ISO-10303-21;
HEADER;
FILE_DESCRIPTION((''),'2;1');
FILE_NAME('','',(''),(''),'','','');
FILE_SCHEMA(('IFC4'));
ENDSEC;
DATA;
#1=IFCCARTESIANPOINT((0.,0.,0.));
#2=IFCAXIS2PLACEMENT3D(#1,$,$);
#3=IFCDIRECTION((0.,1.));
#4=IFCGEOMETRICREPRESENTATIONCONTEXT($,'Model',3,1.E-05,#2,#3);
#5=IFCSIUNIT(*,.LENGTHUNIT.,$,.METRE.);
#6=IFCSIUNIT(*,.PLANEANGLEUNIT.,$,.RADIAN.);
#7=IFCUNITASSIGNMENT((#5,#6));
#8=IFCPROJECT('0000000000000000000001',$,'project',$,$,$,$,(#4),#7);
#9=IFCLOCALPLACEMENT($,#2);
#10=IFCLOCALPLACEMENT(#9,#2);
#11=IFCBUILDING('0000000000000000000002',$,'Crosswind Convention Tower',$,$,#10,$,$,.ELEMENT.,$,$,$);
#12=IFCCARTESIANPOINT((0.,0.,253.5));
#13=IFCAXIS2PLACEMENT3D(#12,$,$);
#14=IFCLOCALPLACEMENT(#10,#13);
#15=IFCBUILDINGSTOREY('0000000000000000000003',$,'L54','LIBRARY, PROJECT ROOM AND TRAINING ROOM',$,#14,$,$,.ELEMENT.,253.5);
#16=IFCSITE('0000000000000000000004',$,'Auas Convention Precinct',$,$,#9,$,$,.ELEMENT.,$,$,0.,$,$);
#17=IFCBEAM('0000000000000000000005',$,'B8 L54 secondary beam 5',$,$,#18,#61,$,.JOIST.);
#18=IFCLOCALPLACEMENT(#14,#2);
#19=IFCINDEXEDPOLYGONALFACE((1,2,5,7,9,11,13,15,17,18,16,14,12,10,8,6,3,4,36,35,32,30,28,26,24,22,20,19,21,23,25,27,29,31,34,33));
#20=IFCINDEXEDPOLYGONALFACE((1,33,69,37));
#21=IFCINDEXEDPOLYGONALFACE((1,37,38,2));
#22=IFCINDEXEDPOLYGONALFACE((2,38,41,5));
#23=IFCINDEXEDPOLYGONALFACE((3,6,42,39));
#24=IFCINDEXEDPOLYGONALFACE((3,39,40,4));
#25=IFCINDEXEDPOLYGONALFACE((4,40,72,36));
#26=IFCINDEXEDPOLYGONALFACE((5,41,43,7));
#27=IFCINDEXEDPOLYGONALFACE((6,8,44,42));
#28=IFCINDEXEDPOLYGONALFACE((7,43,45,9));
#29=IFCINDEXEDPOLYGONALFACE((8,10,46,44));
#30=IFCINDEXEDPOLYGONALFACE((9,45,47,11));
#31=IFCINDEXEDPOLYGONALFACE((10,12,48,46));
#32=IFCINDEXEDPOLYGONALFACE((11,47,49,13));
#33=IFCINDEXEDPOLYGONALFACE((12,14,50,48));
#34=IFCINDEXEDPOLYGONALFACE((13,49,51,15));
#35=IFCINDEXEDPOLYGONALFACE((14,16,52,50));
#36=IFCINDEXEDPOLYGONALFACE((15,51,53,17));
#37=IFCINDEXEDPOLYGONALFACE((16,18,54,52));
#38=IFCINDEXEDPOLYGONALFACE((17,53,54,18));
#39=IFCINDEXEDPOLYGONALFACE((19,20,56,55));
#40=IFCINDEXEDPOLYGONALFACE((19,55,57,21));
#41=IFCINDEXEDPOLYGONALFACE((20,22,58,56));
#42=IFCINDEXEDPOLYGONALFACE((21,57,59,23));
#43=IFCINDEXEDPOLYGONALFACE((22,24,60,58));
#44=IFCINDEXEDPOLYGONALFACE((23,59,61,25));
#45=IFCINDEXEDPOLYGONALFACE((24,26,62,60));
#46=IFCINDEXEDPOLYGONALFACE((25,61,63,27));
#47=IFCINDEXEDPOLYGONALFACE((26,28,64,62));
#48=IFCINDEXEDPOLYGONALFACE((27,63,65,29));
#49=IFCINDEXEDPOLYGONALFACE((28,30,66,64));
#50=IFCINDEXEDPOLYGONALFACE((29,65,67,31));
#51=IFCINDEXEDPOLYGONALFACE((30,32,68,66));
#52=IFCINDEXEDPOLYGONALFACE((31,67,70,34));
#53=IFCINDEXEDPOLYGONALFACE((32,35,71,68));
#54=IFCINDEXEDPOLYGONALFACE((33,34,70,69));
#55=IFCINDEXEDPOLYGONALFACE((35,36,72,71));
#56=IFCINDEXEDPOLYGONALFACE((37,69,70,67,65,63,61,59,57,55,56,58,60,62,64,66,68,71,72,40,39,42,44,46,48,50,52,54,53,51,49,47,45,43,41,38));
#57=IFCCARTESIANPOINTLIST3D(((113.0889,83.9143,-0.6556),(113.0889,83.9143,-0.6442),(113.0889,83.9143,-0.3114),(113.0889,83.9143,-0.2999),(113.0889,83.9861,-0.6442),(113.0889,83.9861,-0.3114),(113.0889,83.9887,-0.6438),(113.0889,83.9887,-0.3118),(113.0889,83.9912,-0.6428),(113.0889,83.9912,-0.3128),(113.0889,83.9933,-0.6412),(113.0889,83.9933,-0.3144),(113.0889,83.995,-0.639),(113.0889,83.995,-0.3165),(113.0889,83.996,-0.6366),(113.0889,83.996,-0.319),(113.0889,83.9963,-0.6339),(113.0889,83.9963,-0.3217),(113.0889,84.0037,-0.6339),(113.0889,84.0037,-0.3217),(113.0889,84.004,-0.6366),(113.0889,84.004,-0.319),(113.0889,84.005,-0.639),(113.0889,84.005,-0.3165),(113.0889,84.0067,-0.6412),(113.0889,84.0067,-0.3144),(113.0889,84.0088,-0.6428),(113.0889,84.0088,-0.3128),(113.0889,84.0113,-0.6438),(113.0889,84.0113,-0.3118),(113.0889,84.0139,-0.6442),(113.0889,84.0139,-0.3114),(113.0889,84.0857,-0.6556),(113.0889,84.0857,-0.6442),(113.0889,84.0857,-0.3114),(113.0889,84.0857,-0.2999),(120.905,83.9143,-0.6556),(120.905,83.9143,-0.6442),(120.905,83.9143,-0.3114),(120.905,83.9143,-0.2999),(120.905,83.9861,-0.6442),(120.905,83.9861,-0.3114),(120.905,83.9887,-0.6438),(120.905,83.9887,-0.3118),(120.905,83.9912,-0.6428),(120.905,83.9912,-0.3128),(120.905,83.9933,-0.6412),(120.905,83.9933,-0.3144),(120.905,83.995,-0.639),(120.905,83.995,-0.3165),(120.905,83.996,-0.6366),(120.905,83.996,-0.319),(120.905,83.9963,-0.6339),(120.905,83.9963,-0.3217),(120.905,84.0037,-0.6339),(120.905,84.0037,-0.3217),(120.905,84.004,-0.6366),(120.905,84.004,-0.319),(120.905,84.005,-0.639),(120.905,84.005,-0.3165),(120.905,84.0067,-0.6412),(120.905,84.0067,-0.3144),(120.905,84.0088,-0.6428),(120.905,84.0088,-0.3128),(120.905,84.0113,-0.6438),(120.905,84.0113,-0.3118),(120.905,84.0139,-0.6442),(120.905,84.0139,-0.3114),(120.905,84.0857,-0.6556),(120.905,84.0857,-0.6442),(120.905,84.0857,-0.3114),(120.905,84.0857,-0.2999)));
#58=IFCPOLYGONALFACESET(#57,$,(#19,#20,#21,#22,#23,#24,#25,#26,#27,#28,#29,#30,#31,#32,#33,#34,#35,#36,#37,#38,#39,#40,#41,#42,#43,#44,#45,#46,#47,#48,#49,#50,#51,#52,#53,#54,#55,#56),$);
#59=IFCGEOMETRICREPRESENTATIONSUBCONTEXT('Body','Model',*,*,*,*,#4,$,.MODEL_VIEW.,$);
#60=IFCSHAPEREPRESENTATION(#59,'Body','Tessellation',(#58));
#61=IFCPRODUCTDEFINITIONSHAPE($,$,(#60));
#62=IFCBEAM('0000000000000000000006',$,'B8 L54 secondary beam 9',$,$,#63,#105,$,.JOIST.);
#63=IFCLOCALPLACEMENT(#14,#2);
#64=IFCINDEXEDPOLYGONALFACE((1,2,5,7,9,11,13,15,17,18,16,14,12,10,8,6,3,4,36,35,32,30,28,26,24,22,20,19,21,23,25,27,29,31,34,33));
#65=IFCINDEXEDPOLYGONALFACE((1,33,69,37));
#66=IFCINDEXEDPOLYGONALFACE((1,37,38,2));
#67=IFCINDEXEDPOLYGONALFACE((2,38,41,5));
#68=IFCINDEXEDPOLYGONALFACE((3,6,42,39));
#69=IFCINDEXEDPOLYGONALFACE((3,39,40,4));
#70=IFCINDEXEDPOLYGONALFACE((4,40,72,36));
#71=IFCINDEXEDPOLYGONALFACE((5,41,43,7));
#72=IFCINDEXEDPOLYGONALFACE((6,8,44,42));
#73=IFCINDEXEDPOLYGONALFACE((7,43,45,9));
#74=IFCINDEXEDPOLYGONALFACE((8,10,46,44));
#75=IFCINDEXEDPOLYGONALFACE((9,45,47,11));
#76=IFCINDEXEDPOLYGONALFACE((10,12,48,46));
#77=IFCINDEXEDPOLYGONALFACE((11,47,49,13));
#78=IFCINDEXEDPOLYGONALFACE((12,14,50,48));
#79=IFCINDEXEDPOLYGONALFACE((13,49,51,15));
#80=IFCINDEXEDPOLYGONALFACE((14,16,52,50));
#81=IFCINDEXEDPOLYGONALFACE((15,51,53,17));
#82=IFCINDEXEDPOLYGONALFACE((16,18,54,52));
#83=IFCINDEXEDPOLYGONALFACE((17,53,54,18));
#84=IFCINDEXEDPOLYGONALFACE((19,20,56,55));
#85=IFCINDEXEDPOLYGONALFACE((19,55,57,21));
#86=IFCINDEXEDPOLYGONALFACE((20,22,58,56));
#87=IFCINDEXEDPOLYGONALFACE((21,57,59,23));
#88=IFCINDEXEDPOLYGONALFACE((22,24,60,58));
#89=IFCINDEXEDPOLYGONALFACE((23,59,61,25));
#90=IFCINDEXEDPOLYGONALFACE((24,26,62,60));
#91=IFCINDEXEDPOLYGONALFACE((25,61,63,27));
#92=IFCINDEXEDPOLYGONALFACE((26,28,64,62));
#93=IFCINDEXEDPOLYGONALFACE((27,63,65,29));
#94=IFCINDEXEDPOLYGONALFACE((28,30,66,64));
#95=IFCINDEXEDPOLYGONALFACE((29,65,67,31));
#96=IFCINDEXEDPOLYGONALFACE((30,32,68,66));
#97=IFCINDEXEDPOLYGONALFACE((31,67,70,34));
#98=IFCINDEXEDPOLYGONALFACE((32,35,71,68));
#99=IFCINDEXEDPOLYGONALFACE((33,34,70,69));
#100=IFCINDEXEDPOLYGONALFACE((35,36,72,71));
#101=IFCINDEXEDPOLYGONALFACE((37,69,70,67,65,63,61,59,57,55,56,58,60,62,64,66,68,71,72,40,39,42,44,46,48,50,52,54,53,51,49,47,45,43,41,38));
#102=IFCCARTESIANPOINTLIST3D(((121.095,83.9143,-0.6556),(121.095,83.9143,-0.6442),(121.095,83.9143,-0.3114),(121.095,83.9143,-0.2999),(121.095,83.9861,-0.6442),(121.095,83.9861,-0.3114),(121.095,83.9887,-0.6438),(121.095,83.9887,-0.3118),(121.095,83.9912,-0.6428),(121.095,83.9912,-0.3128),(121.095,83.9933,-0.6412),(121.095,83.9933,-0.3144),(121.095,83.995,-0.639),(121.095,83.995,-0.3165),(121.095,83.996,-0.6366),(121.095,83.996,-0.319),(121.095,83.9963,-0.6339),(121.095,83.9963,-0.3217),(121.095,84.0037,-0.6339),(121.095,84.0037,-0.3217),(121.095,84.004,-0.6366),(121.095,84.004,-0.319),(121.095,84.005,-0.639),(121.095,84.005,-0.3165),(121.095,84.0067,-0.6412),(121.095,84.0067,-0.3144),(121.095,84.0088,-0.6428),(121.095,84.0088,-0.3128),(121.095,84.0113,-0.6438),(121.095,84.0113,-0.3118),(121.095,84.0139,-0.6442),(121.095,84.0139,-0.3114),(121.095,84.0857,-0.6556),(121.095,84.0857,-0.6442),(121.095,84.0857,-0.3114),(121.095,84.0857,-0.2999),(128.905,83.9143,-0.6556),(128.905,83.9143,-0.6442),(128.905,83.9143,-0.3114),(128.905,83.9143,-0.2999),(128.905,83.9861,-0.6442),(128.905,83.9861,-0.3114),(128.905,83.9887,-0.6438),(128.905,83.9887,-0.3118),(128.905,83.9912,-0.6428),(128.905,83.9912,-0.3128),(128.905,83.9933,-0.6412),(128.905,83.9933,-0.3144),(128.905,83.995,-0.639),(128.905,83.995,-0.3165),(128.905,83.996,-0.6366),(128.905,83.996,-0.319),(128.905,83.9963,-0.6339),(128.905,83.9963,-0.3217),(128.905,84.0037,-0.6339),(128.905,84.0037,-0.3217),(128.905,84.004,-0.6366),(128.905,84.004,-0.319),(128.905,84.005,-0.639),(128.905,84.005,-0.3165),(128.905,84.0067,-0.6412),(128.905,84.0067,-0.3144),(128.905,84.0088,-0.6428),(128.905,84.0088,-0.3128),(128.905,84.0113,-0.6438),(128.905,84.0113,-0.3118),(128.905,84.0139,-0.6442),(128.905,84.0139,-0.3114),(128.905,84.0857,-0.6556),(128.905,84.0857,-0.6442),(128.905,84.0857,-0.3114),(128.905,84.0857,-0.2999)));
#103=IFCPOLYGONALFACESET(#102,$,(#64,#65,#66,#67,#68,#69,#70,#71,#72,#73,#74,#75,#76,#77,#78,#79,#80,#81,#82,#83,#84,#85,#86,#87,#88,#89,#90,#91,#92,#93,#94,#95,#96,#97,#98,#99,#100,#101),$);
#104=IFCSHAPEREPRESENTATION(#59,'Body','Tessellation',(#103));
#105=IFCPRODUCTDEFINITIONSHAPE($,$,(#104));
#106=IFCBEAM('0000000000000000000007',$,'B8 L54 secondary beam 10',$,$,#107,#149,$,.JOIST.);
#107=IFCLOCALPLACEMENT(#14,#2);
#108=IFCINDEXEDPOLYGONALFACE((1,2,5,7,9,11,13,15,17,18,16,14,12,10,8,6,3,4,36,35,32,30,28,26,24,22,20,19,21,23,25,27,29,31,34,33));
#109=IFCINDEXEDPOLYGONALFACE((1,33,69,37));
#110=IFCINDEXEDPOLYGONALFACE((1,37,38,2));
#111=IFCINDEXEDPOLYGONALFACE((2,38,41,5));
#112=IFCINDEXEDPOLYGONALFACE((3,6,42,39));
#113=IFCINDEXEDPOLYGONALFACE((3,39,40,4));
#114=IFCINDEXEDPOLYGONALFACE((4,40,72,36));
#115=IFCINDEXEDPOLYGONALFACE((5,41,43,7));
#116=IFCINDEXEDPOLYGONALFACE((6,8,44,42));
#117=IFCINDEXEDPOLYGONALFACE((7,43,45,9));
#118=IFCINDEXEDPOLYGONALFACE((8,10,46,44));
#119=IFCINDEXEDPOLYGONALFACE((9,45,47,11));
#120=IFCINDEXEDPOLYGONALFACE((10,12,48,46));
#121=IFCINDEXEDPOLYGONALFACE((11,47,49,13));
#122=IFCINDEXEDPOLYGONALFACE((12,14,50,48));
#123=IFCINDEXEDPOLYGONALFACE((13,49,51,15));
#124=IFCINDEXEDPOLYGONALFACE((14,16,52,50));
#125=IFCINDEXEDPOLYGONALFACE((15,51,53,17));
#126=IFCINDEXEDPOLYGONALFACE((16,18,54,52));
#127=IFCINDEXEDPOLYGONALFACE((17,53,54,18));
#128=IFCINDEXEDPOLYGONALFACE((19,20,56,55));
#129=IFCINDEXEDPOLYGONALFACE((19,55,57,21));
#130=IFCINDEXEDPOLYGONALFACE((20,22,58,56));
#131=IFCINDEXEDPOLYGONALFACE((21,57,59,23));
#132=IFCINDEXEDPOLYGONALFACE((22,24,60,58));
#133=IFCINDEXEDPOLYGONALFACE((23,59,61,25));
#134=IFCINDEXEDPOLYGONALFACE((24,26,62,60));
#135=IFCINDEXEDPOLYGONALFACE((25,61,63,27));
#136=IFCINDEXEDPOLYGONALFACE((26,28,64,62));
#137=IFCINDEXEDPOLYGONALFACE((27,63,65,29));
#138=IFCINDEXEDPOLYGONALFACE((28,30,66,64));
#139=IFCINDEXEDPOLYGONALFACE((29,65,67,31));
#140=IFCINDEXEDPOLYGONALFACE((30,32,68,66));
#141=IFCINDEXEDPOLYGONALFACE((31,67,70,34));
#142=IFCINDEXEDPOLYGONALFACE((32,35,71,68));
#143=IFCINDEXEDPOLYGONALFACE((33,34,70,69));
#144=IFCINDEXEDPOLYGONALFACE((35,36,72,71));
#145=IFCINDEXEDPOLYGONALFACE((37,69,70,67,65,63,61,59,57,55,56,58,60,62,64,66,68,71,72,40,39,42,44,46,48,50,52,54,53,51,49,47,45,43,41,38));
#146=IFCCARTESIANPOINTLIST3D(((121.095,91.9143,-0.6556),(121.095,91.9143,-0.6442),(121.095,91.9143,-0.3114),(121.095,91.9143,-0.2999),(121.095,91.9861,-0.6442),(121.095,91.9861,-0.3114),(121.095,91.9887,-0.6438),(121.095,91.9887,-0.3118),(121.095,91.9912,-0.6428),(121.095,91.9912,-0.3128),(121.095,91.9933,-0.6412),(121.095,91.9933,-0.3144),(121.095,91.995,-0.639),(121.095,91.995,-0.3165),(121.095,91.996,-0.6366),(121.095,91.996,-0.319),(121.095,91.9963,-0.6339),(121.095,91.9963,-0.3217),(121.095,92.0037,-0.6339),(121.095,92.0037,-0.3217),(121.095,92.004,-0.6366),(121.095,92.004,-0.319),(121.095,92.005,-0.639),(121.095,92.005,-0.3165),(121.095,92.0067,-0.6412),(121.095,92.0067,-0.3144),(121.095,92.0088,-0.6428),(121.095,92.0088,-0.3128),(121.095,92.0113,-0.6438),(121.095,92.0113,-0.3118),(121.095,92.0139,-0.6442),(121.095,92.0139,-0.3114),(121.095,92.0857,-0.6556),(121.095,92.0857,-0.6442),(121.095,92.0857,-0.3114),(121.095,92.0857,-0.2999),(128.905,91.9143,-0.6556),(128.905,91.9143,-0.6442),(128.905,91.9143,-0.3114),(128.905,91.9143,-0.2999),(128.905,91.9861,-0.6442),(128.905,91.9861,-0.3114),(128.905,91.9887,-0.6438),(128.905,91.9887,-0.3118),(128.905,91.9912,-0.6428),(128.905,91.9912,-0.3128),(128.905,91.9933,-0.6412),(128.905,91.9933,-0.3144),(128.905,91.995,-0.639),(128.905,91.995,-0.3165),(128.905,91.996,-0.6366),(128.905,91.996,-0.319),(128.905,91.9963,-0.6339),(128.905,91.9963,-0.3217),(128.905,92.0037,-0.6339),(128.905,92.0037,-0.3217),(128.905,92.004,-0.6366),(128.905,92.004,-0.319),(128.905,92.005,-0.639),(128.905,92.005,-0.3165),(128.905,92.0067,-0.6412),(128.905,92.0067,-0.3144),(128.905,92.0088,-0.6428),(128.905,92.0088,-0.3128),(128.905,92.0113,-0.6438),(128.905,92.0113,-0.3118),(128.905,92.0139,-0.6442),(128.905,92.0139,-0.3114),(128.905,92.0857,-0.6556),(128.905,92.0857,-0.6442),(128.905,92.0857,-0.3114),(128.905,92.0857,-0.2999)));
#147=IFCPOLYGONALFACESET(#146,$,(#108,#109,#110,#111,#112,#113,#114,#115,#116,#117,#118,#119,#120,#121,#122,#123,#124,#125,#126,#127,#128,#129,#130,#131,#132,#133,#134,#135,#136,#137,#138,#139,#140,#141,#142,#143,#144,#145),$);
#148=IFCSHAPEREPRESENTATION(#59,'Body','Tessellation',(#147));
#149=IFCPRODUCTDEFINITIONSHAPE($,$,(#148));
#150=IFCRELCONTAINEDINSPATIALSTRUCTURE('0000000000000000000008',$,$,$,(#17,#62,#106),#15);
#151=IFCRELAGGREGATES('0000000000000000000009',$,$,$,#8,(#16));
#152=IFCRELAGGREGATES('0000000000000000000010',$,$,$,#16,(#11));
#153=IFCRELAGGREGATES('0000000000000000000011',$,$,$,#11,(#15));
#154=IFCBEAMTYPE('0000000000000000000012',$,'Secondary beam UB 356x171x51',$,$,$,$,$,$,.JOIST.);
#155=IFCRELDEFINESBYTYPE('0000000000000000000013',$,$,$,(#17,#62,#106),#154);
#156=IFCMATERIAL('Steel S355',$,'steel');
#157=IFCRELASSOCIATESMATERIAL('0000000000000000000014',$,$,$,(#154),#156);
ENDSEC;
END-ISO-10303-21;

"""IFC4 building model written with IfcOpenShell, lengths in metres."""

from ifc_helpers import new_model, si_unit, direction, frame, origin, origin_2d, place, context, subcontext, project, spatial, i_section, extrude, material, material_profile, profile_set, type_object, element, save


model = new_model("IFC4")

# Units and contexts
model_context = context("Model", 3, precision=1e-05, world=origin(), true_north=direction((0.0, 1.0)))
body_context = subcontext(model_context, "Body", "Model", "MODEL_VIEW")
ifc_project = project(units=[si_unit("LENGTHUNIT", "METRE"), si_unit("PLANEANGLEUNIT", "RADIAN")], contexts=[model_context])

# Site, building, storey
site_placement = place(None, origin())
site = spatial("IfcSite", under=ifc_project, at=site_placement, Name="Auas Convention Precinct", CompositionType="ELEMENT", RefElevation=0.0)
building_placement = place(site_placement, origin())
building = spatial("IfcBuilding", under=site, at=building_placement, Name="Crosswind Convention Tower", CompositionType="ELEMENT")
storey_placement = place(building_placement, frame((0.0, 0.0, 253.5)))
storey = spatial("IfcBuildingStorey", under=building, at=storey_placement, Name="L54", Description="LIBRARY, PROJECT ROOM AND TRAINING ROOM", CompositionType="ELEMENT", Elevation=253.5)

# Beams
ifc_material_1 = material(Name="Steel S355", Category="steel")
ifc_material_profile_1 = material_profile(ifc_material_1, i_section(OverallWidth=0.1714, OverallDepth=0.3557, WebThickness=0.0073, FlangeThickness=0.0115, FilletRadius=0.0103, at=origin_2d()), Name="UB 356x171x51")
ifc_profile_set_1 = profile_set([ifc_material_profile_1], Name="Steel S355")
beam_type_1 = type_object("IfcBeamType", Name="Secondary beam UB 356x171x51", PredefinedType="JOIST", material=ifc_profile_set_1)
beam_1_placement = place(storey_placement, frame((113.0889, 84.0, -0.4778), z_axis=(1.0, 0.0, 0.0), x_axis=(0.0, 1.0, 0.0)))
element("IfcBeam", 1, at=beam_1_placement, inside=storey, type_object=beam_type_1, Name="B8 L54 secondary beam 5", PredefinedType="JOIST", context=body_context, shape_type="SweptSolid", body=[
    extrude(i_section(OverallWidth=0.1714, OverallDepth=0.3557, WebThickness=0.0073, FlangeThickness=0.0115, FilletRadius=0.0103, at=origin_2d()), origin(), (0.0, 0.0, 1.0), 7.8162),
])
for number, where, z_axis, x_axis, name in (
    (2, (121.095, 84.0, -0.4778), (1.0, 0.0, 0.0), (0.0, 1.0, 0.0), "B8 L54 secondary beam 9"),
    (3, (121.095, 92.0, -0.4778), (1.0, 0.0, 0.0), (0.0, 1.0, 0.0), "B8 L54 secondary beam 10"),
):
    element("IfcBeam", number, at=place(storey_placement, frame(where, z_axis=z_axis, x_axis=x_axis)), inside=storey, type_object=beam_type_1, Name=name, PredefinedType="JOIST", context=body_context, shape_type="SweptSolid", body=[
        extrude(i_section(OverallWidth=0.1714, OverallDepth=0.3557, WebThickness=0.0073, FlangeThickness=0.0115, FilletRadius=0.0103, at=origin_2d()), origin(), (0.0, 0.0, 1.0), 7.8101),
    ])

save(model, "model.ifc")
